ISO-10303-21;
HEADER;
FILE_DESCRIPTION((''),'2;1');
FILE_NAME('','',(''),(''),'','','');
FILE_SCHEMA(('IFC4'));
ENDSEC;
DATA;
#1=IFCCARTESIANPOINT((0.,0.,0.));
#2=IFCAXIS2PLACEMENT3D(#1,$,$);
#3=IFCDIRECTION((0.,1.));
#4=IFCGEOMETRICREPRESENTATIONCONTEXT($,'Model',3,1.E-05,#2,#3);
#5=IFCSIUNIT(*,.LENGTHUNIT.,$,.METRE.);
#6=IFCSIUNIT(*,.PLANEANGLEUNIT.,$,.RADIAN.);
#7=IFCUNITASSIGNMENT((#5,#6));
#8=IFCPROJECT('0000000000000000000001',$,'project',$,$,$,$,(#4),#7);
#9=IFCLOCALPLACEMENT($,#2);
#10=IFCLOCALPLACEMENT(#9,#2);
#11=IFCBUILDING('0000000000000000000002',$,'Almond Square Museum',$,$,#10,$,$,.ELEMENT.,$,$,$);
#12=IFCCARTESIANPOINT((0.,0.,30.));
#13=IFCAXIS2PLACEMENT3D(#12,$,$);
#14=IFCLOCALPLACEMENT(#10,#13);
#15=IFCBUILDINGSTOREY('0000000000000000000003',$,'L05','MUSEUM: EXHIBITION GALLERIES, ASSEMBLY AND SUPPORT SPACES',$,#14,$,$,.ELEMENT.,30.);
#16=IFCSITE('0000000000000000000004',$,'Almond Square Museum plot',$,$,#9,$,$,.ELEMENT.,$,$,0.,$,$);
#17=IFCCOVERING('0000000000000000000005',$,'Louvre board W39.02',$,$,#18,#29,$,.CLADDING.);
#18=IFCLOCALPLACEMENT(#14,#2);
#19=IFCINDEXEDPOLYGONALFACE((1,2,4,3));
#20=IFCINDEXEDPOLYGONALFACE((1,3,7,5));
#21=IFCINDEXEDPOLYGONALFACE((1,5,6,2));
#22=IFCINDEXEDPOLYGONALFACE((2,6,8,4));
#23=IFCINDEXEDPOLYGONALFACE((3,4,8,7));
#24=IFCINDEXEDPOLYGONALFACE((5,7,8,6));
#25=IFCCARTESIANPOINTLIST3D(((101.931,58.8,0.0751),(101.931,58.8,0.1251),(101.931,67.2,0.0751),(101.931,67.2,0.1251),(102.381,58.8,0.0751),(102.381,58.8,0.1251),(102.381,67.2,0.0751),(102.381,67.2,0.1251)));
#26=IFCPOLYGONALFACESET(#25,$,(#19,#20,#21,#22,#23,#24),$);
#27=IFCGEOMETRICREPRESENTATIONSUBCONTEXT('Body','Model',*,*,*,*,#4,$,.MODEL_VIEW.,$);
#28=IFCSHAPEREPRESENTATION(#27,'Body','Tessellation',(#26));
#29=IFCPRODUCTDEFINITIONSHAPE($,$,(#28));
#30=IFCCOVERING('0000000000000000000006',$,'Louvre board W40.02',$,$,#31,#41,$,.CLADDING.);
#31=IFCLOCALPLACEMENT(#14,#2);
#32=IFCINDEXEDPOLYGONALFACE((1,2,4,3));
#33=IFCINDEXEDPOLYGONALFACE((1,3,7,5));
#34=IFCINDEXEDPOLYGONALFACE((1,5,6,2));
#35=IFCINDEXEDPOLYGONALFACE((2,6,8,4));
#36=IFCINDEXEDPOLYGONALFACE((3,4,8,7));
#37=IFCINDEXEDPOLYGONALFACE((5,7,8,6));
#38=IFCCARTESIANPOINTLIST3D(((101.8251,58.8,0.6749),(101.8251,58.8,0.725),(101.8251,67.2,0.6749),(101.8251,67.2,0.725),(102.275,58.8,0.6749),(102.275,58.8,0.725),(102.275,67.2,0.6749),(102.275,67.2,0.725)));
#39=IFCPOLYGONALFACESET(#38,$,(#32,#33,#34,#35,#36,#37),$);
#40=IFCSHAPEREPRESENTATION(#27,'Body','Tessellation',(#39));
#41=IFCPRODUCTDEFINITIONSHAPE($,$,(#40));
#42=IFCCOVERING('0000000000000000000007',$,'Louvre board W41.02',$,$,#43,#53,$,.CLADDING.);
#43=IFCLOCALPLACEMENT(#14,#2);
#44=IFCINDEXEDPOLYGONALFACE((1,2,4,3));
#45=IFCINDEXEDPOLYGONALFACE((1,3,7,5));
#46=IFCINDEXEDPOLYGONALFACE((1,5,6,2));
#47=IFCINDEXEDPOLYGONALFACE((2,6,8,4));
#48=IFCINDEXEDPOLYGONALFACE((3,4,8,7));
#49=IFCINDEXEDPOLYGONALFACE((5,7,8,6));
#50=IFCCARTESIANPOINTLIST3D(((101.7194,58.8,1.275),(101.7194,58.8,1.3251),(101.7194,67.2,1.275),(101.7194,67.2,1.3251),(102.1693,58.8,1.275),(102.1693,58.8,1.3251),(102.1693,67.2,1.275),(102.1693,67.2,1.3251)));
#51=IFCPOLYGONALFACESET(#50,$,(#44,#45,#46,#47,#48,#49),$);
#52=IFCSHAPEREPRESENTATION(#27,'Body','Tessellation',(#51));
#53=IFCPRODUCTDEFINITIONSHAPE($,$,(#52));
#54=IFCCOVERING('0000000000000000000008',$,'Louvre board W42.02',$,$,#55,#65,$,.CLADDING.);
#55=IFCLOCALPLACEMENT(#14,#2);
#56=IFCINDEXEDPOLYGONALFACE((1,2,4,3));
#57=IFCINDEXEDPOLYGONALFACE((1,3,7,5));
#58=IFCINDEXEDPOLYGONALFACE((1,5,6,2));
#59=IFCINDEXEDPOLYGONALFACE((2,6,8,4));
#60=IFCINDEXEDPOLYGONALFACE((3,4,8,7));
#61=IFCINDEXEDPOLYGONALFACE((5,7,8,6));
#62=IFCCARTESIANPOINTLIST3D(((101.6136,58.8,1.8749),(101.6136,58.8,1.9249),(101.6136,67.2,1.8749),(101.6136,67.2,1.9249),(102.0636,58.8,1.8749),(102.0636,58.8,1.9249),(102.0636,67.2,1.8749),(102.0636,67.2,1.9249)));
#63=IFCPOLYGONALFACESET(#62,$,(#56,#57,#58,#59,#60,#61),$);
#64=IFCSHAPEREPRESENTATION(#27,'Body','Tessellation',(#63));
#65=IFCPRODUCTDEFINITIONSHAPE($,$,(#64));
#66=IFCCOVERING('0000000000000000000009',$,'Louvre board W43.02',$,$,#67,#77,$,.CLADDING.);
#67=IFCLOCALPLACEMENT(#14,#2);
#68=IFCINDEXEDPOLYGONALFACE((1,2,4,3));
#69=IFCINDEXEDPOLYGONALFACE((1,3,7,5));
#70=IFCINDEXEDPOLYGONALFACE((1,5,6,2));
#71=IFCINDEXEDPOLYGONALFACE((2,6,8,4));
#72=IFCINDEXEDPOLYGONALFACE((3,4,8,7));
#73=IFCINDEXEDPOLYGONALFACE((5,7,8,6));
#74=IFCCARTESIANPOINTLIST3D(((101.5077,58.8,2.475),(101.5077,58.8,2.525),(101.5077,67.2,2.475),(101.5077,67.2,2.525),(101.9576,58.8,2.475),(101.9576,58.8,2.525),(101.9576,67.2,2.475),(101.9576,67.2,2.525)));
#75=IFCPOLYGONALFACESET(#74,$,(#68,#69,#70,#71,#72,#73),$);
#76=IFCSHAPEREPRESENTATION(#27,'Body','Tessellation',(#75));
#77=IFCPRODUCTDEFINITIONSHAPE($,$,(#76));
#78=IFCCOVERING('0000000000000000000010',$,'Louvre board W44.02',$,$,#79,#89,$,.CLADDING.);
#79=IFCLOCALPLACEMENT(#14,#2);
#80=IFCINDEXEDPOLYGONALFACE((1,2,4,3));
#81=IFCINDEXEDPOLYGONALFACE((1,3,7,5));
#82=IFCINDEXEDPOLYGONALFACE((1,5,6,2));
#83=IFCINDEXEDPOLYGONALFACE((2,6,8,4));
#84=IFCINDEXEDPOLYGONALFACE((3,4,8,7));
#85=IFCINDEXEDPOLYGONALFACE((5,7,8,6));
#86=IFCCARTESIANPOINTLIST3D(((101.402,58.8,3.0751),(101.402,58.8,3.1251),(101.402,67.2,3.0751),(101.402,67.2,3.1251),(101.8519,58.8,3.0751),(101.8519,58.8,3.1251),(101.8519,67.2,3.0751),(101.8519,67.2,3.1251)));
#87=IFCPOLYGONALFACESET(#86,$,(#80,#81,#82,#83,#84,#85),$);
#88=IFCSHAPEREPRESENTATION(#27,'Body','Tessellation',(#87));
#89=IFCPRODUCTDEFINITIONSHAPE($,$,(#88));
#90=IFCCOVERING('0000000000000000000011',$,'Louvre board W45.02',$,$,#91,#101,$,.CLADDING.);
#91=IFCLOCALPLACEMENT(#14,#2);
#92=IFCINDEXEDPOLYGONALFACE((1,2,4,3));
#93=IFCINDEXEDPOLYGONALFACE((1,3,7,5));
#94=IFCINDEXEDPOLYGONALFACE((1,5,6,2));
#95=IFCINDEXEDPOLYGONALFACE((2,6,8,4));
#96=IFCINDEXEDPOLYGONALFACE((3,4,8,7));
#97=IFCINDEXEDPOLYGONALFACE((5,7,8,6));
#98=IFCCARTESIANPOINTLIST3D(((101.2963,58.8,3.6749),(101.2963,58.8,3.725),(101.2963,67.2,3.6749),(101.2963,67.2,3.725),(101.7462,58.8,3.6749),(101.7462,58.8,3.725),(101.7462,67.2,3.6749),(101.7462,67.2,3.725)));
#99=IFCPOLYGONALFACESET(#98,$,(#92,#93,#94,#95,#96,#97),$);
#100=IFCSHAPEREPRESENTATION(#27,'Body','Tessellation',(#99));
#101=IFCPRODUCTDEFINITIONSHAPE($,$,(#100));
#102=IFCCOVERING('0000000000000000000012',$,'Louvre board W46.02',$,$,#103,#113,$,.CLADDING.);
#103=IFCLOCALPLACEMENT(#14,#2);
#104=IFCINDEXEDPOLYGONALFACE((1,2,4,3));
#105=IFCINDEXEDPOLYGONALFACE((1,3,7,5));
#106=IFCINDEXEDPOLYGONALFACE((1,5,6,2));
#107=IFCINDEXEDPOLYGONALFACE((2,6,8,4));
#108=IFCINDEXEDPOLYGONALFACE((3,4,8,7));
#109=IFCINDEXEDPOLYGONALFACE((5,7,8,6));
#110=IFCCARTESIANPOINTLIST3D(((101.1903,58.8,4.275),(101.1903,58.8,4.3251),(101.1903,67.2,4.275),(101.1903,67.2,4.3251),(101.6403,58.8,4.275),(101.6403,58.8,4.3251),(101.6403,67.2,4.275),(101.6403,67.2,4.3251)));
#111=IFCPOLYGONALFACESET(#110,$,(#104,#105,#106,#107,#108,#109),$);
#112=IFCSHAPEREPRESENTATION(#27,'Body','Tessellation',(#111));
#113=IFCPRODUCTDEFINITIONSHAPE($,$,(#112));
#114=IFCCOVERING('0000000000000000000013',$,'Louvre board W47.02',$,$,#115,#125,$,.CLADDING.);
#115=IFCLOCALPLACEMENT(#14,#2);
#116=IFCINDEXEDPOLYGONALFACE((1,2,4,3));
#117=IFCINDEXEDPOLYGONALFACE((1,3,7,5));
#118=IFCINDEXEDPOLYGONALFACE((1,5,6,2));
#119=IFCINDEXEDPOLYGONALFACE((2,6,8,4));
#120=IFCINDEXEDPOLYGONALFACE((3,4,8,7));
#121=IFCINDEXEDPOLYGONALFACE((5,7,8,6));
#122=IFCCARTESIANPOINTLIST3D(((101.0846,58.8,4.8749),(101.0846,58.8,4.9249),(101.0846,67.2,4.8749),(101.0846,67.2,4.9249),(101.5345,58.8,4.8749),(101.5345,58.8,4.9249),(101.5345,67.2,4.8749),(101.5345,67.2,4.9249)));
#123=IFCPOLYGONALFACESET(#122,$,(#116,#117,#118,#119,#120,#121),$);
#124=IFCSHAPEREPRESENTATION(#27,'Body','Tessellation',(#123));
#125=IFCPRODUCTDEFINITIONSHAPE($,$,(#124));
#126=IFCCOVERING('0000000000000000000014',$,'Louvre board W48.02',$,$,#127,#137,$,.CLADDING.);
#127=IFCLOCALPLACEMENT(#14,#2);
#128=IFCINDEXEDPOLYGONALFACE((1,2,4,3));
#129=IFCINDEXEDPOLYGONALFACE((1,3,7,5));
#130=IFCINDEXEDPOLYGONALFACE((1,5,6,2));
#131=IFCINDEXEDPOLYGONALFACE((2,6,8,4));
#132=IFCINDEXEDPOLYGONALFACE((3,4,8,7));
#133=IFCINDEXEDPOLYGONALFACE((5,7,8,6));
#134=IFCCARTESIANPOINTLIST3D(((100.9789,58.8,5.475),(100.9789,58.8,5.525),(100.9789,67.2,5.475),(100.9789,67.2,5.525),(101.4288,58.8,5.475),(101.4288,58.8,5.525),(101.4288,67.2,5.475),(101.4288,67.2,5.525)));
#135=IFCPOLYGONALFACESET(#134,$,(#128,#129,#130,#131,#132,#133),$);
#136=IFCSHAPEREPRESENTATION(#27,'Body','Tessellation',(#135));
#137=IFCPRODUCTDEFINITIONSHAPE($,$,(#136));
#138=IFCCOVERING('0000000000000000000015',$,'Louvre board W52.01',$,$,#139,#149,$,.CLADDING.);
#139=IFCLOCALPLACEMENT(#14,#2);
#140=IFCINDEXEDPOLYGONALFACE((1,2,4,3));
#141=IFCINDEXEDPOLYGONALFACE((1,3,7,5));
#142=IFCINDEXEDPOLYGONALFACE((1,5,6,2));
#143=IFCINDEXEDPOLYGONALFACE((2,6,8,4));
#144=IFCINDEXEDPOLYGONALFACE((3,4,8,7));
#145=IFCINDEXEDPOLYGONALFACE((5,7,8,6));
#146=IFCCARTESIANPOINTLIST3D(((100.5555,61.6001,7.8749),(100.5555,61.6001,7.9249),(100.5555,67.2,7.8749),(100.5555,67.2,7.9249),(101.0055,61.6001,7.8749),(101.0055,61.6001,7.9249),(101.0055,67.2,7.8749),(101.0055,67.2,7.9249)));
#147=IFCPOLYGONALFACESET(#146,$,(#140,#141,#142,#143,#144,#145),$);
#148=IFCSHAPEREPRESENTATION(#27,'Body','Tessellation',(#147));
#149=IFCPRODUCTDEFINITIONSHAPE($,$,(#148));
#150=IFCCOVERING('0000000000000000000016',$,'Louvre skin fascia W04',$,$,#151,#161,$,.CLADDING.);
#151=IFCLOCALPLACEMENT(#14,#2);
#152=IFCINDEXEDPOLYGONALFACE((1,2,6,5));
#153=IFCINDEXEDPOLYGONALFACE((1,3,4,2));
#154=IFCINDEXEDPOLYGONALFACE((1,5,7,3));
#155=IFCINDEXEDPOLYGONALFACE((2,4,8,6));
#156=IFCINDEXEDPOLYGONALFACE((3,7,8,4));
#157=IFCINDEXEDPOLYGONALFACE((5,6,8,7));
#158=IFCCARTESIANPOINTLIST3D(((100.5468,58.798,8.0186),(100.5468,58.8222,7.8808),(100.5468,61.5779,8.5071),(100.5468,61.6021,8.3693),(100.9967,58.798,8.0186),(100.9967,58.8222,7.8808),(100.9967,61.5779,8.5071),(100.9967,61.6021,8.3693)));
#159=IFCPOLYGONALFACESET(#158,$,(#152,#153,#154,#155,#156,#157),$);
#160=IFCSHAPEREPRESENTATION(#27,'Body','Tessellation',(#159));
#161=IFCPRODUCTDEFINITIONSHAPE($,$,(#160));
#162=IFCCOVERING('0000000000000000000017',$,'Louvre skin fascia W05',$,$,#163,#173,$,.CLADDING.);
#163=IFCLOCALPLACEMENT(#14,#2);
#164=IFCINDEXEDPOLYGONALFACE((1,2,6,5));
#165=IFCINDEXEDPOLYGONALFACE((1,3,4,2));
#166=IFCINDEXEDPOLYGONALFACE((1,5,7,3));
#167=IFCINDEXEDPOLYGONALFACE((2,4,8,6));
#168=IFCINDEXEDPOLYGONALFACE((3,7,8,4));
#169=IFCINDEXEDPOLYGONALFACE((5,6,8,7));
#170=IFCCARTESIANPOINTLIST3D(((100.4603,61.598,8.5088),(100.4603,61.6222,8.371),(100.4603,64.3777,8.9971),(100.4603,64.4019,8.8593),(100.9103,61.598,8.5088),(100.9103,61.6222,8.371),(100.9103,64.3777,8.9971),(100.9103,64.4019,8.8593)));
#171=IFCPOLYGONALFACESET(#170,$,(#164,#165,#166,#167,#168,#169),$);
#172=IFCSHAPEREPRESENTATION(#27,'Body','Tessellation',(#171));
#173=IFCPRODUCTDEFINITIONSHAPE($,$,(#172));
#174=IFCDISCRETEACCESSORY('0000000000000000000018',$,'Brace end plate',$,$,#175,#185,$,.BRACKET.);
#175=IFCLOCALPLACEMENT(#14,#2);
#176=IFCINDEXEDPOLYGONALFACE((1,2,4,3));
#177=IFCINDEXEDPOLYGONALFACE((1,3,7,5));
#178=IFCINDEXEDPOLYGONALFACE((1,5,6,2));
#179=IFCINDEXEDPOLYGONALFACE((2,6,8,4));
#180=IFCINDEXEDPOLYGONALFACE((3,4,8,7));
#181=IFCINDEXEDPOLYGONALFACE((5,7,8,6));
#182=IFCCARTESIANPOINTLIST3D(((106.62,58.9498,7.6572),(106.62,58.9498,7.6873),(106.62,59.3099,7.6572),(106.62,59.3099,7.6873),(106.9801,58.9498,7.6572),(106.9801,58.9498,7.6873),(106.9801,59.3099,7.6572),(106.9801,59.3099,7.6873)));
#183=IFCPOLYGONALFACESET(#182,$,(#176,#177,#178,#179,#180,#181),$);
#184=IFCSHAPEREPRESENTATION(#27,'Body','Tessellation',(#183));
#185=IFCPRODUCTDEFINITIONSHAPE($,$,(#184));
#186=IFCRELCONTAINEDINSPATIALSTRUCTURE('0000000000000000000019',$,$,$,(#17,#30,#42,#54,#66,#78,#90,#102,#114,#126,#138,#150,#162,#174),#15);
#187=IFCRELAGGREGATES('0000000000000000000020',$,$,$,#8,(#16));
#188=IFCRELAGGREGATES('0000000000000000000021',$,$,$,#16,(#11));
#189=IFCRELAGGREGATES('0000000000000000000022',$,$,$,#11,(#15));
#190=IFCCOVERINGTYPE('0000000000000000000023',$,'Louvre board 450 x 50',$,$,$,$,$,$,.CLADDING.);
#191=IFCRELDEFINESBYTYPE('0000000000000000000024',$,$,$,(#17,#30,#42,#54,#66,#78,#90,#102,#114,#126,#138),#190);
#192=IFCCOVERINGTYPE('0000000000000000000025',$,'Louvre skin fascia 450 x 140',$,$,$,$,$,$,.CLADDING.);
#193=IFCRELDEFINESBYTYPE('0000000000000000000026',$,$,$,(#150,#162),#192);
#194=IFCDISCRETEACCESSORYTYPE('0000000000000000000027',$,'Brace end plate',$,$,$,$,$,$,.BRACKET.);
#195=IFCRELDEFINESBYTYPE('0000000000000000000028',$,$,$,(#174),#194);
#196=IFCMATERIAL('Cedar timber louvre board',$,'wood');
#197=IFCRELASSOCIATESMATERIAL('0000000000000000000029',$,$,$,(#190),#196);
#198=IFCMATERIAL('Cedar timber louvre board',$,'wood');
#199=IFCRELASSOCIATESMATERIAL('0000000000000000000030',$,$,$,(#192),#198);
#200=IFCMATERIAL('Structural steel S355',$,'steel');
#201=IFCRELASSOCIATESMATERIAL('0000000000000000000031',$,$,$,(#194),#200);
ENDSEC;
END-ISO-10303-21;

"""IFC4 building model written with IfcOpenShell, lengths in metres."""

from ifc_helpers import new_model, si_unit, direction, frame, origin, origin_2d, place, context, subcontext, project, spatial, rectangle, extrude, material, material_profile, profile_set, type_object, element, save


model = new_model("IFC4")

# Units and contexts
model_context = context("Model", 3, precision=1e-05, world=origin(), true_north=direction((0.0, 1.0)))
body_context = subcontext(model_context, "Body", "Model", "MODEL_VIEW")
ifc_project = project(units=[si_unit("LENGTHUNIT", "METRE"), si_unit("PLANEANGLEUNIT", "RADIAN")], contexts=[model_context])

# Site, building, storey
site_placement = place(None, origin())
site = spatial("IfcSite", under=ifc_project, at=site_placement, Name="Almond Square Museum plot", CompositionType="ELEMENT", RefElevation=0.0)
building_placement = place(site_placement, origin())
building = spatial("IfcBuilding", under=site, at=building_placement, Name="Almond Square Museum", CompositionType="ELEMENT")
storey_placement = place(building_placement, frame((0.0, 0.0, 30.0)))
storey = spatial("IfcBuildingStorey", under=building, at=storey_placement, Name="L05", Description="MUSEUM: EXHIBITION GALLERIES, ASSEMBLY AND SUPPORT SPACES", CompositionType="ELEMENT", Elevation=30.0)

# Coverings
ifc_material_1 = material(Name="Cedar timber louvre board", Category="wood")
ifc_material_profile_1 = material_profile(ifc_material_1, rectangle(XDim=0.45, YDim=0.05, at=origin_2d()))
ifc_profile_set_1 = profile_set([ifc_material_profile_1], Name="Cedar timber louvre board")
covering_type_1 = type_object("IfcCoveringType", Name="Louvre board 450 x 50", PredefinedType="CLADDING", material=ifc_profile_set_1)
for number, where, z_axis, x_axis, name in (
    (1, (102.156, 58.8, 0.1001), (0.0, 1.0, 0.0), (-1.0, 0.0, 0.0), "Louvre board W39.02"),
    (2, (102.05, 58.8, 0.7), (0.0, 1.0, 0.0), (-1.0, 0.0, 0.0), "Louvre board W40.02"),
    (3, (101.9443, 58.8, 1.3), (0.0, 1.0, 0.0), (-1.0, 0.0, 0.0), "Louvre board W41.02"),
    (4, (101.8386, 58.8, 1.8999), (0.0, 1.0, 0.0), (-1.0, 0.0, 0.0), "Louvre board W42.02"),
    (5, (101.7327, 58.8, 2.5), (0.0, 1.0, 0.0), (-1.0, 0.0, 0.0), "Louvre board W43.02"),
    (6, (101.627, 58.8, 3.1001), (0.0, 1.0, 0.0), (-1.0, 0.0, 0.0), "Louvre board W44.02"),
    (7, (101.5212, 58.8, 3.7), (0.0, 1.0, 0.0), (-1.0, 0.0, 0.0), "Louvre board W45.02"),
    (8, (101.4153, 58.8, 4.3), (0.0, 1.0, 0.0), (-1.0, 0.0, 0.0), "Louvre board W46.02"),
    (9, (101.3096, 58.8, 4.8999), (0.0, 1.0, 0.0), (-1.0, 0.0, 0.0), "Louvre board W47.02"),
    (10, (101.2039, 58.8, 5.5), (0.0, 1.0, 0.0), (-1.0, 0.0, 0.0), "Louvre board W48.02"),
):
    element("IfcCovering", number, at=place(storey_placement, frame(where, z_axis=z_axis, x_axis=x_axis)), inside=storey, type_object=covering_type_1, Name=name, PredefinedType="CLADDING", context=body_context, shape_type="SweptSolid", body=[
        extrude(rectangle(XDim=0.45, YDim=0.05, at=origin_2d()), origin(), (0.0, 0.0, 1.0), 8.3999),
    ])
covering_1_placement = place(storey_placement, frame((100.7805, 61.6001, 7.8999), z_axis=(0.0, 1.0, 0.0), x_axis=(-1.0, 0.0, 0.0)))
element("IfcCovering", 11, at=covering_1_placement, inside=storey, type_object=covering_type_1, Name="Louvre board W52.01", PredefinedType="CLADDING", context=body_context, shape_type="SweptSolid", body=[
    extrude(rectangle(XDim=0.45, YDim=0.05, at=origin_2d()), origin(), (0.0, 0.0, 1.0), 5.5999),
])
ifc_material_2 = material(Name="Cedar timber louvre board", Category="wood")
ifc_material_profile_2 = material_profile(ifc_material_2, rectangle(XDim=0.45, YDim=0.1399, at=origin_2d()))
ifc_profile_set_2 = profile_set([ifc_material_profile_2], Name="Cedar timber louvre board")
covering_type_2 = type_object("IfcCoveringType", Name="Louvre skin fascia 450 x 140", PredefinedType="CLADDING", material=ifc_profile_set_2)
covering_2_placement = place(storey_placement, frame((100.7717, 58.8101, 7.9497), z_axis=(0.0, 0.984909, 0.173075), x_axis=(-1.0, 0.0, 0.0)))
element("IfcCovering", 12, at=covering_2_placement, inside=storey, type_object=covering_type_2, Name="Louvre skin fascia W04", PredefinedType="CLADDING", context=body_context, shape_type="SweptSolid", body=[
    extrude(rectangle(XDim=0.45, YDim=0.1399, at=origin_2d()), origin(), (0.0, 0.0, 1.0), 2.8225),
])
covering_3_placement = place(storey_placement, frame((100.6853, 61.6101, 8.4399), z_axis=(0.0, 0.984921, 0.173006), x_axis=(-1.0, 0.0, 0.0)))
element("IfcCovering", 13, at=covering_3_placement, inside=storey, type_object=covering_type_2, Name="Louvre skin fascia W05", PredefinedType="CLADDING", context=body_context, shape_type="SweptSolid", body=[
    extrude(rectangle(XDim=0.45, YDim=0.1399, at=origin_2d()), origin(), (0.0, 0.0, 1.0), 2.8223),
])

# Discrete accessory
ifc_material_3 = material(Name="Structural steel S355", Category="steel")
discrete_accessory_type = type_object("IfcDiscreteAccessoryType", Name="Brace end plate", PredefinedType="BRACKET", material=ifc_material_3)
discrete_accessory_placement = place(storey_placement, frame((106.8, 59.1299, 7.6572), z_axis=(0.0, 0.0, 1.0), x_axis=(1.0, 0.0, 0.0)))
element("IfcDiscreteAccessory", 14, at=discrete_accessory_placement, inside=storey, type_object=discrete_accessory_type, Name="Brace end plate", PredefinedType="BRACKET", context=body_context, shape_type="SweptSolid", body=[
    extrude(rectangle(XDim=0.3601, YDim=0.3601, at=origin_2d()), origin(), (0.0, 0.0, 1.0), 0.03),
])

save(model, "model.ifc")
